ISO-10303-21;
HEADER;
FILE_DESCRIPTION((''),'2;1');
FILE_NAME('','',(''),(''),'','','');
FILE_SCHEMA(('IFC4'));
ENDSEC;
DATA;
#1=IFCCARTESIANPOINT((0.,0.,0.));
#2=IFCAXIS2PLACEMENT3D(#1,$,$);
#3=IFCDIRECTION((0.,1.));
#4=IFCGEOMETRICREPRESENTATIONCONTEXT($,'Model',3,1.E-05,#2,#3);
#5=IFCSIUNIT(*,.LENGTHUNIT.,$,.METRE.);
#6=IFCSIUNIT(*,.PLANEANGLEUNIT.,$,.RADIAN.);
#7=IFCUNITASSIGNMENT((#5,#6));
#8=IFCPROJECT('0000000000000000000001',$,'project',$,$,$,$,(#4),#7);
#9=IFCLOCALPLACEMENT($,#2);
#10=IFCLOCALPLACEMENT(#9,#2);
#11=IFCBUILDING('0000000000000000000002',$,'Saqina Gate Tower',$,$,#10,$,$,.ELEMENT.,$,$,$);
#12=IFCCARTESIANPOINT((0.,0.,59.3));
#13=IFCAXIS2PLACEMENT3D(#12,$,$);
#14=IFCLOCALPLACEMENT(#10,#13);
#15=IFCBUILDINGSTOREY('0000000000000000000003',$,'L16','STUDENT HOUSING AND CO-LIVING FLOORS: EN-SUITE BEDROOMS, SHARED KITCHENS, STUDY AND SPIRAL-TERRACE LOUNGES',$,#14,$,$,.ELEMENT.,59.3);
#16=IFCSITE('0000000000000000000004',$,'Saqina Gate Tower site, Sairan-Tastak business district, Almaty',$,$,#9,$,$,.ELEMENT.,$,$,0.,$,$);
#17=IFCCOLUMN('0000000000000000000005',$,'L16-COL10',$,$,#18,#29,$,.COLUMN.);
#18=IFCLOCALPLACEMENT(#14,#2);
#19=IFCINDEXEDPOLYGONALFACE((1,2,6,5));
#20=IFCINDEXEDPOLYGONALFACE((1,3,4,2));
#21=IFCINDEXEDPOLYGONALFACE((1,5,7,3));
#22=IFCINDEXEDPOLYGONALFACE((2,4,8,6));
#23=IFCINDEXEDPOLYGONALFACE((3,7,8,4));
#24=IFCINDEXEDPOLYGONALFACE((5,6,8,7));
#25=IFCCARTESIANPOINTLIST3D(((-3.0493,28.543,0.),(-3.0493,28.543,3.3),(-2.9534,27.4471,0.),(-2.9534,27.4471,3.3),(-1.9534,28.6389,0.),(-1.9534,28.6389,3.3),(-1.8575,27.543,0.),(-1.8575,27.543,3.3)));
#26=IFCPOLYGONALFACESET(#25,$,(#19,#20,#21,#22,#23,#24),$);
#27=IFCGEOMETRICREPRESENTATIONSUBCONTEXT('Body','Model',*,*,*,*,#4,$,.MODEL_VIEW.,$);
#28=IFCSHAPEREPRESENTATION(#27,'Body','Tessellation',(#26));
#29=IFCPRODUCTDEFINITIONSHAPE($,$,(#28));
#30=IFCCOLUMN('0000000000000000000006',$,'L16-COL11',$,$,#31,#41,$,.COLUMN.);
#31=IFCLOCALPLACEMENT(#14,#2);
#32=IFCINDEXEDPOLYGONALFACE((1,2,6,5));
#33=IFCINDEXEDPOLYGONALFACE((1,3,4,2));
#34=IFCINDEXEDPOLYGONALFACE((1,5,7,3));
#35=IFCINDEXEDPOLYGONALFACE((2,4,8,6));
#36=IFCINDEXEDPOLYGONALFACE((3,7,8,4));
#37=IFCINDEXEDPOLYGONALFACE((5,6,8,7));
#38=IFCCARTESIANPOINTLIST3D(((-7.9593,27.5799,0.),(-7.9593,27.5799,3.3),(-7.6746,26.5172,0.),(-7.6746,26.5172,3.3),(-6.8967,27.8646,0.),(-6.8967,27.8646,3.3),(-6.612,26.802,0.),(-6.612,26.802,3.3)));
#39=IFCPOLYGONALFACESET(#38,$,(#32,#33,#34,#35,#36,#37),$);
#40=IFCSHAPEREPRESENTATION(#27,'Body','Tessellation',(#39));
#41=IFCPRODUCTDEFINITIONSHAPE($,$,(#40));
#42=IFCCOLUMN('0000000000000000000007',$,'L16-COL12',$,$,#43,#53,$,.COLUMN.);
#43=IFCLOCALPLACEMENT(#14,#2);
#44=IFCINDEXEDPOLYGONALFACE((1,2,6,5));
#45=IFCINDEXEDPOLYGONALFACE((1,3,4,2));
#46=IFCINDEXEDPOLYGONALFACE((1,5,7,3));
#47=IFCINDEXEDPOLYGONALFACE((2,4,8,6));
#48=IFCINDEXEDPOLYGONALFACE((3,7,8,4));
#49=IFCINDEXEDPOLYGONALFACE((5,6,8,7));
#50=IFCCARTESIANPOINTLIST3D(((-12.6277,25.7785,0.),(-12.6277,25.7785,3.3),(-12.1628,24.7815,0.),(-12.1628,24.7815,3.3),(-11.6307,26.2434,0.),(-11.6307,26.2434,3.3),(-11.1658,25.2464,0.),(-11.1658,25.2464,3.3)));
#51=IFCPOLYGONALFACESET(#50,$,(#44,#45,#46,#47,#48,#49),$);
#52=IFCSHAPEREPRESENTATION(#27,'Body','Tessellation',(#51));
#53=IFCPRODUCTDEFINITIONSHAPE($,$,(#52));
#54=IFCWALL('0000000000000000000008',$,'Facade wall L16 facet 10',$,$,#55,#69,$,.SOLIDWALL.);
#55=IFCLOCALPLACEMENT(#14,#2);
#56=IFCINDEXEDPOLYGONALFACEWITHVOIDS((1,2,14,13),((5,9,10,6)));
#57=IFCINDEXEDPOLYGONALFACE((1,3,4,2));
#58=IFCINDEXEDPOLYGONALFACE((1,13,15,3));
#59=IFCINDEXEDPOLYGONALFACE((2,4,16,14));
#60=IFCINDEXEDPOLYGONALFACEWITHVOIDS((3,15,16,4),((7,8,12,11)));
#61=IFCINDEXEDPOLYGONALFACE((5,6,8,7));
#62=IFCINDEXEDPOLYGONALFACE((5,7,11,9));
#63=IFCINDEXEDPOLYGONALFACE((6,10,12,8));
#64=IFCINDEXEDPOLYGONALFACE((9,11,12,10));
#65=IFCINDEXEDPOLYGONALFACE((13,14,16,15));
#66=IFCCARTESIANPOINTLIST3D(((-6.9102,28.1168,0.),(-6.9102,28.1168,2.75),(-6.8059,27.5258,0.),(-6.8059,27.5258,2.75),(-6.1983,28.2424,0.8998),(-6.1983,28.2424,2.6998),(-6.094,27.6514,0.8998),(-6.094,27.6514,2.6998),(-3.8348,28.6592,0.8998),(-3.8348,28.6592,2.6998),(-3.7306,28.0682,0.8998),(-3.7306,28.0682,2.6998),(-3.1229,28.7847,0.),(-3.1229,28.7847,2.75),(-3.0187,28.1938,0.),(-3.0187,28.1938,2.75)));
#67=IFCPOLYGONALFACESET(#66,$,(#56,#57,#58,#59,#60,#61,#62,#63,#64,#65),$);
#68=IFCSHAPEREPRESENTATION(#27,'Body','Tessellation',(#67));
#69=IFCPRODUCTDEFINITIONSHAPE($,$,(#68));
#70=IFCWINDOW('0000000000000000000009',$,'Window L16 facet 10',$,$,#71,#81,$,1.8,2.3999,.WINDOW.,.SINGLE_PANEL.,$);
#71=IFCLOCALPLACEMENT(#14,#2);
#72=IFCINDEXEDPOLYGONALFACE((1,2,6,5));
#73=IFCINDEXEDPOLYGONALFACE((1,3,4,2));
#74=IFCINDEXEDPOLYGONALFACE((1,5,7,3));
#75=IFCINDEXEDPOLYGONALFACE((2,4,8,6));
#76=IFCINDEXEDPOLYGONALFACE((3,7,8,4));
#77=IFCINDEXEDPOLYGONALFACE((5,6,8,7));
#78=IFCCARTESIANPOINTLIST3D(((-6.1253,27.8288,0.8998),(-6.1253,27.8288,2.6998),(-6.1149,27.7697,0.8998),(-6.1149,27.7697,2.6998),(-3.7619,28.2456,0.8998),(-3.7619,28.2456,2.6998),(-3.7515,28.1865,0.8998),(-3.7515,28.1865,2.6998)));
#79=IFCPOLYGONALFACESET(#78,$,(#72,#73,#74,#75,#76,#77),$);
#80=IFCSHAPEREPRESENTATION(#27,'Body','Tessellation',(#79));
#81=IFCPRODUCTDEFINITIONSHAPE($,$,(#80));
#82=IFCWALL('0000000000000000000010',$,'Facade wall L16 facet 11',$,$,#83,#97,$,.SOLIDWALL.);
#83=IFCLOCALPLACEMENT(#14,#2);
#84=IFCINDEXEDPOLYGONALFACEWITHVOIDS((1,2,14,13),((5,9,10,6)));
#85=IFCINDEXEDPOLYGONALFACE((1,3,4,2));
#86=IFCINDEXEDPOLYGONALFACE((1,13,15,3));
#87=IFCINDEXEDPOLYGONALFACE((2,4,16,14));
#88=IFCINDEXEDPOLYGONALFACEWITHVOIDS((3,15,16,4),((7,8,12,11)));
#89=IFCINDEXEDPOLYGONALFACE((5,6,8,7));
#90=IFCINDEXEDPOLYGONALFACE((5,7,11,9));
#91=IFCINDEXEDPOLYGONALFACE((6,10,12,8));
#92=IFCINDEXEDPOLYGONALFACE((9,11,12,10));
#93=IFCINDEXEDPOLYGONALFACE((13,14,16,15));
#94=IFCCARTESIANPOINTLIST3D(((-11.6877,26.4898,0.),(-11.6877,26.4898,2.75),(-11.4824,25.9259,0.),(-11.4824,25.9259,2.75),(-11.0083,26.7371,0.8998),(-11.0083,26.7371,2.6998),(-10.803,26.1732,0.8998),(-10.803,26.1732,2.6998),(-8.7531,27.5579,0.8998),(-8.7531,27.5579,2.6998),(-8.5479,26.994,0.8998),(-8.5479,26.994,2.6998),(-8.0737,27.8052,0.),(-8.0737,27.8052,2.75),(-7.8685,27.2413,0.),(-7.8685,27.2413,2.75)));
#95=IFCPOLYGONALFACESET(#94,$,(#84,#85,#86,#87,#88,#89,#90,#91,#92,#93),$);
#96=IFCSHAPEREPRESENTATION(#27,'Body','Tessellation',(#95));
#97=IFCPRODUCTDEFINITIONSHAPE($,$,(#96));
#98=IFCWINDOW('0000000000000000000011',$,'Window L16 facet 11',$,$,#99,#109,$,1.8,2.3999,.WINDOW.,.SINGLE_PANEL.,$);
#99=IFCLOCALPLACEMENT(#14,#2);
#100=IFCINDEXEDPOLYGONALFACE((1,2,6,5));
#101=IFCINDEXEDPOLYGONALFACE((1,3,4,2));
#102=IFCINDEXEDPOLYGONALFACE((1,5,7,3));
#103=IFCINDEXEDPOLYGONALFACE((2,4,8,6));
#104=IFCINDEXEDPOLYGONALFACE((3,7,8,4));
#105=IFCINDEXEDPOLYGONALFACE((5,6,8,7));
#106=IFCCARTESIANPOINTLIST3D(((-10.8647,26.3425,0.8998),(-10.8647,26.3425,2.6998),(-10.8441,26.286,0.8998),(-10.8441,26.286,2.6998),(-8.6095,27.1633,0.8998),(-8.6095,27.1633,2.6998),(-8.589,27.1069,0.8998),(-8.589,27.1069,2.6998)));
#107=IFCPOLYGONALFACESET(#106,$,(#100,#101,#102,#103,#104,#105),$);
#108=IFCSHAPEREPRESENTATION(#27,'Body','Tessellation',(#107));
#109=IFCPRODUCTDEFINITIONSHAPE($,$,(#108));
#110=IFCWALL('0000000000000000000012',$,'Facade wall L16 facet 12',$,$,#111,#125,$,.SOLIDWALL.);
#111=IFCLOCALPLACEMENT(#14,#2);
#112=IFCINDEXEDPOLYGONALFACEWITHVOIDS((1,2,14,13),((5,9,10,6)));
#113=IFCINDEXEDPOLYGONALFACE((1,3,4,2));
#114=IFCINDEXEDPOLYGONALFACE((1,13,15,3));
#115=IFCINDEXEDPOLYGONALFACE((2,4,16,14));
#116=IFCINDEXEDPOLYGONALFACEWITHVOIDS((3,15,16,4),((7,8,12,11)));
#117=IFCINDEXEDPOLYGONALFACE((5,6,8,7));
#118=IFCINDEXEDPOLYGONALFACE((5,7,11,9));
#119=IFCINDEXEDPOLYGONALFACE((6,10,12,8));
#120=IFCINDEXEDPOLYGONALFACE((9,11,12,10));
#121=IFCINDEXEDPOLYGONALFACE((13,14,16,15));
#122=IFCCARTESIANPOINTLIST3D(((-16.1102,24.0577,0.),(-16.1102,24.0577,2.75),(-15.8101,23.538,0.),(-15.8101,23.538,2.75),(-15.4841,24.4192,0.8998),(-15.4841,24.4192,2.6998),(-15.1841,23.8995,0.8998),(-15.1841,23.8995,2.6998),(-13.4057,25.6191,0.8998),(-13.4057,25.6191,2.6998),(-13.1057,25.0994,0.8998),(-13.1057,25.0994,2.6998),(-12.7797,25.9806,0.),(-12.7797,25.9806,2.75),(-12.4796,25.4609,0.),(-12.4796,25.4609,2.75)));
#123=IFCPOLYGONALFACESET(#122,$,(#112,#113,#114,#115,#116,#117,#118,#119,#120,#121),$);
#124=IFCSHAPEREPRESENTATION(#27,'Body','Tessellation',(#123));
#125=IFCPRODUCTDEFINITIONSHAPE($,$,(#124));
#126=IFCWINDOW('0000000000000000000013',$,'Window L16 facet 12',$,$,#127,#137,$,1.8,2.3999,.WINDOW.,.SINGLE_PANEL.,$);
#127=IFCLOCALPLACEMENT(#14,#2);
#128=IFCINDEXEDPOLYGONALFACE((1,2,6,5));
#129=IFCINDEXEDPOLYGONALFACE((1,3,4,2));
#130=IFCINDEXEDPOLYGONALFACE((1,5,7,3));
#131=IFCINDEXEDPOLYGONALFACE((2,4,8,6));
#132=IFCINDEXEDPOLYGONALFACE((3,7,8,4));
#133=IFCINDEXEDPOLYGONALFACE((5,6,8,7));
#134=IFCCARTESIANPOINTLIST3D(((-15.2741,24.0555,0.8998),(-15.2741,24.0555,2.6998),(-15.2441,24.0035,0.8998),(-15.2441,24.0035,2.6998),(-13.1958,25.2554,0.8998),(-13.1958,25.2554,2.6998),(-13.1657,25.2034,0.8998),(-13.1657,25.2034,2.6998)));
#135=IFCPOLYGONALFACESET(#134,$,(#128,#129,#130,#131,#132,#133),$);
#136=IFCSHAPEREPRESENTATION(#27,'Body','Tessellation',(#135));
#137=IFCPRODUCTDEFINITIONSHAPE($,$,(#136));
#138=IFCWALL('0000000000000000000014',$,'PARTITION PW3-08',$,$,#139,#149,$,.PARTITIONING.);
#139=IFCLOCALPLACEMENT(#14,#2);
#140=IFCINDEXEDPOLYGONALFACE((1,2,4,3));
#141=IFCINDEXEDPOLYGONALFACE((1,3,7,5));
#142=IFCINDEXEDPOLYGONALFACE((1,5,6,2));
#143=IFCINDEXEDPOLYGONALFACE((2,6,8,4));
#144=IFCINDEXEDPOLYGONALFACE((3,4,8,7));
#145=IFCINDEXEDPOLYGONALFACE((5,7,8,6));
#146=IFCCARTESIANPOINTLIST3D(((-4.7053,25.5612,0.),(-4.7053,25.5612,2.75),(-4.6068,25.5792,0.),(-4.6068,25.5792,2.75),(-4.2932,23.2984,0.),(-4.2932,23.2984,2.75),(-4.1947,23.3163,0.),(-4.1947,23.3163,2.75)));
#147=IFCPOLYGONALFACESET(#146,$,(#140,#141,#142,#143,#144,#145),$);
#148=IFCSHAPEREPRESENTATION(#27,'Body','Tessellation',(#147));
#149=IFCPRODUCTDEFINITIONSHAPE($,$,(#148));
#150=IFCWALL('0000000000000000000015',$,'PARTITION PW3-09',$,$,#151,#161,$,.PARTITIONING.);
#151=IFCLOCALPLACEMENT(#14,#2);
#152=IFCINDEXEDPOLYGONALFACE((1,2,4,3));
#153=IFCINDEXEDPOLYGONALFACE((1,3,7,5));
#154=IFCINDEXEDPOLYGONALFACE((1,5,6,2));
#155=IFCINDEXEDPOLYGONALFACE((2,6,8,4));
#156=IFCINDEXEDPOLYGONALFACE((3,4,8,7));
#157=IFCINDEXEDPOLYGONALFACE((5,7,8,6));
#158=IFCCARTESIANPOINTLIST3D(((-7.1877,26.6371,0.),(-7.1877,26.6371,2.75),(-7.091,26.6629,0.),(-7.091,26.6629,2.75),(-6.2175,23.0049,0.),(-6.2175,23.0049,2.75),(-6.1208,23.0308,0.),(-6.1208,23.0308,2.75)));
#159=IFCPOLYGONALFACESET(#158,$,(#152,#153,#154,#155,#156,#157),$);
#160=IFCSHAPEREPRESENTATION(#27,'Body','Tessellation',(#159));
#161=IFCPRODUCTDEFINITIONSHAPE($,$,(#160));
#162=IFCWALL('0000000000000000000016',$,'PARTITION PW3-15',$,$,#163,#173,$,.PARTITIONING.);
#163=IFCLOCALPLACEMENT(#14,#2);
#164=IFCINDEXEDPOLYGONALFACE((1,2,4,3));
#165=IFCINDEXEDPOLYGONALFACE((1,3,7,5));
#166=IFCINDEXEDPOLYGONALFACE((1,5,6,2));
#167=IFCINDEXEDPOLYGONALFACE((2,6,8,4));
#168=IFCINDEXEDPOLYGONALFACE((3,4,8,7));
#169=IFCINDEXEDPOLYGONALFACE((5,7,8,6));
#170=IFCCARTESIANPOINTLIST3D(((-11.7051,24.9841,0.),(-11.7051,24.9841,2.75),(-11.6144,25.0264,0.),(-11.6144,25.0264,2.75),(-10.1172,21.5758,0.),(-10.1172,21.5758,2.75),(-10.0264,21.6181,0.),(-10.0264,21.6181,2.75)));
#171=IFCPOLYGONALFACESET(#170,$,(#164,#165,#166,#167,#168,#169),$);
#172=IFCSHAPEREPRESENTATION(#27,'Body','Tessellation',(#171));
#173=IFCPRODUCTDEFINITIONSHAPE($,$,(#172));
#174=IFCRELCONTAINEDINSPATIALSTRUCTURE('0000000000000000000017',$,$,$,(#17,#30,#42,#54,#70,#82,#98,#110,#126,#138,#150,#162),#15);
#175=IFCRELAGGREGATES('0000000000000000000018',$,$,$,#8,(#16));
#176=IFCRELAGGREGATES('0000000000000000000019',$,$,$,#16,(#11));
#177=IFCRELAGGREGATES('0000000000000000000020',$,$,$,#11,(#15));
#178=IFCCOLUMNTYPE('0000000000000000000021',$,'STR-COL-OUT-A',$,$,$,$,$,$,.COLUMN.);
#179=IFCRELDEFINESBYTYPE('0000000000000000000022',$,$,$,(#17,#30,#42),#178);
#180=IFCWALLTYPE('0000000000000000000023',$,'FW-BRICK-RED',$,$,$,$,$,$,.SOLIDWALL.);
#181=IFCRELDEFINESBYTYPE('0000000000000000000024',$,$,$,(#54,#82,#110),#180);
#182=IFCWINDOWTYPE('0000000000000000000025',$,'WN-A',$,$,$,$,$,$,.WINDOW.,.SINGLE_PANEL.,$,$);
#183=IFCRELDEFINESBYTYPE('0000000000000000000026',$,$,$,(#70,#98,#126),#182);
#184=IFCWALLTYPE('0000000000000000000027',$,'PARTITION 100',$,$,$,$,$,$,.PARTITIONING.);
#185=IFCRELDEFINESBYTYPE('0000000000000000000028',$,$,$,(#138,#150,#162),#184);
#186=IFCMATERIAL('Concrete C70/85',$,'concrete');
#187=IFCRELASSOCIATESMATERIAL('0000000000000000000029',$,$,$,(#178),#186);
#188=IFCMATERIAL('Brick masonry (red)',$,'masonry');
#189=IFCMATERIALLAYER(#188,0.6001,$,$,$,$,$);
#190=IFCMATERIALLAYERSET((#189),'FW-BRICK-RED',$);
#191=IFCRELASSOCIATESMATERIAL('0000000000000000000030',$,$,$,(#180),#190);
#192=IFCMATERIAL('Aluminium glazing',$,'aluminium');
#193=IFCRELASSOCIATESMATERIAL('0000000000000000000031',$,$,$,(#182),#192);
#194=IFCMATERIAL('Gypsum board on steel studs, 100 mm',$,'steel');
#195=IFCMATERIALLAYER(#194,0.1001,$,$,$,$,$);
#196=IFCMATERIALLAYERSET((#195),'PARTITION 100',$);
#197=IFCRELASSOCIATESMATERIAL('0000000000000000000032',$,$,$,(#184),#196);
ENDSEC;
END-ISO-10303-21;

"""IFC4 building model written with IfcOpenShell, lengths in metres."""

from ifc_helpers import new_model, si_unit, direction, frame, frame_2d, origin, origin_2d, place, context, subcontext, project, spatial, rectangle, extrude, material, layer, layer_set, material_profile, profile_set, type_object, element, fill, save


model = new_model("IFC4")

# Units and contexts
model_context = context("Model", 3, precision=1e-05, world=origin(), true_north=direction((0.0, 1.0)))
body_context = subcontext(model_context, "Body", "Model", "MODEL_VIEW")
ifc_project = project(units=[si_unit("LENGTHUNIT", "METRE"), si_unit("PLANEANGLEUNIT", "RADIAN")], contexts=[model_context])

# Site, building, storey
site_placement = place(None, origin())
site = spatial("IfcSite", under=ifc_project, at=site_placement, Name="Saqina Gate Tower site, Sairan-Tastak business district, Almaty", CompositionType="ELEMENT", RefElevation=0.0)
building_placement = place(site_placement, origin())
building = spatial("IfcBuilding", under=site, at=building_placement, Name="Saqina Gate Tower", CompositionType="ELEMENT")
storey_placement = place(building_placement, frame((0.0, 0.0, 59.3)))
storey = spatial("IfcBuildingStorey", under=building, at=storey_placement, Name="L16", Description="STUDENT HOUSING AND CO-LIVING FLOORS: EN-SUITE BEDROOMS, SHARED KITCHENS, STUDY AND SPIRAL-TERRACE LOUNGES", CompositionType="ELEMENT", Elevation=59.3)

# Columns
ifc_material_1 = material(Name="Concrete C70/85", Category="concrete")
ifc_material_profile = material_profile(ifc_material_1, rectangle(XDim=1.1001, YDim=1.1001, at=origin_2d()), Name="RC 1100x1100")
ifc_profile_set = profile_set([ifc_material_profile], Name="Concrete C70/85")
column_type = type_object("IfcColumnType", Name="STR-COL-OUT-A", PredefinedType="COLUMN", material=ifc_profile_set)
for number, where, z_axis, x_axis, name in (
    (1, (-2.4534, 28.043, 0.0), (0.0, 0.0, 1.0), (-0.087156, 0.996195, 0.0), "L16-COL10"),
    (2, (-7.2856, 27.1909, 0.0), (0.0, 0.0, 1.0), (-0.258819, 0.965926, 0.0), "L16-COL11"),
    (3, (-11.8967, 25.5125, 0.0), (0.0, 0.0, 1.0), (-0.422618, 0.906308, 0.0), "L16-COL12"),
):
    element("IfcColumn", number, at=place(storey_placement, frame(where, z_axis=z_axis, x_axis=x_axis)), inside=storey, type_object=column_type, Name=name, PredefinedType="COLUMN", context=body_context, shape_type="SweptSolid", body=[
        extrude(rectangle(XDim=1.1001, YDim=1.1001, at=origin_2d()), origin(), (0.0, 0.0, 1.0), 3.3),
    ])

# Walls, openings, windows
ifc_material_2 = material(Name="Brick masonry (red)", Category="masonry")
ifc_layer_1 = layer(ifc_material_2, 0.6001)
ifc_layer_set_1 = layer_set([ifc_layer_1], Name="FW-BRICK-RED")
wall_type_1 = type_object("IfcWallType", Name="FW-BRICK-RED", PredefinedType="SOLIDWALL", material=ifc_layer_set_1)
wall_1_placement = place(storey_placement, frame((-3.0708, 28.4893, 0.0), z_axis=(0.0, 0.0, 1.0), x_axis=(-0.984801, -0.173688, 0.0)))
wall_1 = element("IfcWall", 4, at=wall_1_placement, inside=storey, type_object=wall_type_1, Name="Facade wall L16 facet 10", PredefinedType="SOLIDWALL", context=body_context, shape_type="SweptSolid", body=[
    extrude(rectangle(XDim=3.8457, YDim=0.6001, at=frame_2d((1.9229, 0.0))), origin(), (0.0, 0.0, 1.0), 2.75),
])
opening_1_placement = place(wall_1_placement, frame((0.7229, 0.0, 0.8999)))
opening_1 = element("IfcOpeningElement", 5, at=opening_1_placement, cuts=wall_1, PredefinedType="OPENING", context=body_context, shape_type="SweptSolid", body=[
    extrude(rectangle(XDim=2.3999, YDim=1.8, at=frame_2d((1.2, 0.8999))), frame((0.0, 0.312, 0.0), z_axis=(0.0, -1.0, 0.0), x_axis=(1.0, 0.0, 0.0)), (0.0, 0.0, 1.0), 0.624),
])
ifc_material_3 = material(Name="Aluminium glazing", Category="aluminium")
window_type = type_object("IfcWindowType", Name="WN-A", PartitioningType="SINGLE_PANEL", PredefinedType="WINDOW", material=ifc_material_3)
window_1_placement = place(opening_1_placement, origin())
window_1 = element("IfcWindow", 6, at=window_1_placement, inside=storey, type_object=window_type, Name="Window L16 facet 10", OverallHeight=1.8, OverallWidth=2.3999, PartitioningType="SINGLE_PANEL", PredefinedType="WINDOW", context=body_context, shape_type="SweptSolid", body=[
    extrude(rectangle(XDim=2.3999, YDim=1.8, at=frame_2d((1.2, 0.8999))), frame((0.0, 0.1799, 0.0), z_axis=(0.0, -1.0, 0.0), x_axis=(1.0, 0.0, 0.0)), (0.0, 0.0, 1.0), 0.0601),
])
fill(opening_1, window_1)
wall_2_placement = place(storey_placement, frame((-7.9712, 27.5232, 0.0), z_axis=(0.0, 0.0, 1.0), x_axis=(-0.93969, -0.342028, 0.0)))
wall_2 = element("IfcWall", 7, at=wall_2_placement, inside=storey, type_object=wall_type_1, Name="Facade wall L16 facet 11", PredefinedType="SOLIDWALL", context=body_context, shape_type="SweptSolid", body=[
    extrude(rectangle(XDim=3.8459, YDim=0.6001, at=frame_2d((1.9229, 0.0))), origin(), (0.0, 0.0, 1.0), 2.75),
])
opening_2_placement = place(wall_2_placement, frame((0.7229, 0.0, 0.8999)))
opening_2 = element("IfcOpeningElement", 8, at=opening_2_placement, cuts=wall_2, PredefinedType="OPENING", context=body_context, shape_type="SweptSolid", body=[
    extrude(rectangle(XDim=2.3999, YDim=1.8, at=frame_2d((1.2, 0.8999))), frame((0.0, 0.312, 0.0), z_axis=(0.0, -1.0, 0.0), x_axis=(1.0, 0.0, 0.0)), (0.0, 0.0, 1.0), 0.624),
])
window_2_placement = place(opening_2_placement, origin())
window_2 = element("IfcWindow", 9, at=window_2_placement, inside=storey, type_object=window_type, Name="Window L16 facet 11", OverallHeight=1.8, OverallWidth=2.3999, PartitioningType="SINGLE_PANEL", PredefinedType="WINDOW", context=body_context, shape_type="SweptSolid", body=[
    extrude(rectangle(XDim=2.3999, YDim=1.8, at=frame_2d((1.2, 0.8999))), frame((0.0, 0.1799, 0.0), z_axis=(0.0, -1.0, 0.0), x_axis=(1.0, 0.0, 0.0)), (0.0, 0.0, 1.0), 0.0601),
])
fill(opening_2, window_2)
wall_3_placement = place(storey_placement, frame((-12.6296, 25.7207, 0.0), z_axis=(0.0, 0.0, 1.0), x_axis=(-0.866031, -0.49999, 0.0)))
wall_3 = element("IfcWall", 10, at=wall_3_placement, inside=storey, type_object=wall_type_1, Name="Facade wall L16 facet 12", PredefinedType="SOLIDWALL", context=body_context, shape_type="SweptSolid", body=[
    extrude(rectangle(XDim=3.8457, YDim=0.6001, at=frame_2d((1.9229, 0.0))), origin(), (0.0, 0.0, 1.0), 2.75),
])
opening_3_placement = place(wall_3_placement, frame((0.7229, 0.0, 0.8999)))
opening_3 = element("IfcOpeningElement", 11, at=opening_3_placement, cuts=wall_3, PredefinedType="OPENING", context=body_context, shape_type="SweptSolid", body=[
    extrude(rectangle(XDim=2.3999, YDim=1.8, at=frame_2d((1.2, 0.8999))), frame((0.0, 0.312, 0.0), z_axis=(0.0, -1.0, 0.0), x_axis=(1.0, 0.0, 0.0)), (0.0, 0.0, 1.0), 0.624),
])
window_3_placement = place(opening_3_placement, origin())
window_3 = element("IfcWindow", 12, at=window_3_placement, inside=storey, type_object=window_type, Name="Window L16 facet 12", OverallHeight=1.8, OverallWidth=2.3999, PartitioningType="SINGLE_PANEL", PredefinedType="WINDOW", context=body_context, shape_type="SweptSolid", body=[
    extrude(rectangle(XDim=2.3999, YDim=1.8, at=frame_2d((1.2, 0.8999))), frame((0.0, 0.1799, 0.0), z_axis=(0.0, -1.0, 0.0), x_axis=(1.0, 0.0, 0.0)), (0.0, 0.0, 1.0), 0.0601),
])
fill(opening_3, window_3)

# Walls
ifc_material_4 = material(Name="Gypsum board on steel studs, 100 mm", Category="steel")
ifc_layer_2 = layer(ifc_material_4, 0.1001)
ifc_layer_set_2 = layer_set([ifc_layer_2], Name="PARTITION 100")
wall_type_2 = type_object("IfcWallType", Name="PARTITION 100", PredefinedType="PARTITIONING", material=ifc_layer_set_2)
wall_4_placement = place(storey_placement, frame((-4.656, 25.5701, 0.0), z_axis=(0.0, 0.0, 1.0), x_axis=(0.179166, -0.983819, 0.0)))
element("IfcWall", 13, at=wall_4_placement, inside=storey, type_object=wall_type_2, Name="PARTITION PW3-08", PredefinedType="PARTITIONING", context=body_context, shape_type="SweptSolid", body=[
    extrude(rectangle(XDim=2.3, YDim=0.1001, at=frame_2d((1.1499, 0.0))), origin(), (0.0, 0.0, 1.0), 2.75),
])
wall_5_placement = place(storey_placement, frame((-7.1394, 26.6501, 0.0), z_axis=(0.0, 0.0, 1.0), x_axis=(0.258075, -0.966125, 0.0)))
element("IfcWall", 14, at=wall_5_placement, inside=storey, type_object=wall_type_2, Name="PARTITION PW3-09", PredefinedType="PARTITIONING", context=body_context, shape_type="SweptSolid", body=[
    extrude(rectangle(XDim=3.7595, YDim=0.1001, at=frame_2d((1.8799, 0.0))), origin(), (0.0, 0.0, 1.0), 2.75),
])
wall_6_placement = place(storey_placement, frame((-11.6597, 25.0051, 0.0), z_axis=(0.0, 0.0, 1.0), x_axis=(0.422317, -0.906448, 0.0)))
element("IfcWall", 15, at=wall_6_placement, inside=storey, type_object=wall_type_2, Name="PARTITION PW3-15", PredefinedType="PARTITIONING", context=body_context, shape_type="SweptSolid", body=[
    extrude(rectangle(XDim=3.76, YDim=0.1001, at=frame_2d((1.8799, 0.0))), origin(), (0.0, 0.0, 1.0), 2.75),
])

save(model, "model.ifc")
